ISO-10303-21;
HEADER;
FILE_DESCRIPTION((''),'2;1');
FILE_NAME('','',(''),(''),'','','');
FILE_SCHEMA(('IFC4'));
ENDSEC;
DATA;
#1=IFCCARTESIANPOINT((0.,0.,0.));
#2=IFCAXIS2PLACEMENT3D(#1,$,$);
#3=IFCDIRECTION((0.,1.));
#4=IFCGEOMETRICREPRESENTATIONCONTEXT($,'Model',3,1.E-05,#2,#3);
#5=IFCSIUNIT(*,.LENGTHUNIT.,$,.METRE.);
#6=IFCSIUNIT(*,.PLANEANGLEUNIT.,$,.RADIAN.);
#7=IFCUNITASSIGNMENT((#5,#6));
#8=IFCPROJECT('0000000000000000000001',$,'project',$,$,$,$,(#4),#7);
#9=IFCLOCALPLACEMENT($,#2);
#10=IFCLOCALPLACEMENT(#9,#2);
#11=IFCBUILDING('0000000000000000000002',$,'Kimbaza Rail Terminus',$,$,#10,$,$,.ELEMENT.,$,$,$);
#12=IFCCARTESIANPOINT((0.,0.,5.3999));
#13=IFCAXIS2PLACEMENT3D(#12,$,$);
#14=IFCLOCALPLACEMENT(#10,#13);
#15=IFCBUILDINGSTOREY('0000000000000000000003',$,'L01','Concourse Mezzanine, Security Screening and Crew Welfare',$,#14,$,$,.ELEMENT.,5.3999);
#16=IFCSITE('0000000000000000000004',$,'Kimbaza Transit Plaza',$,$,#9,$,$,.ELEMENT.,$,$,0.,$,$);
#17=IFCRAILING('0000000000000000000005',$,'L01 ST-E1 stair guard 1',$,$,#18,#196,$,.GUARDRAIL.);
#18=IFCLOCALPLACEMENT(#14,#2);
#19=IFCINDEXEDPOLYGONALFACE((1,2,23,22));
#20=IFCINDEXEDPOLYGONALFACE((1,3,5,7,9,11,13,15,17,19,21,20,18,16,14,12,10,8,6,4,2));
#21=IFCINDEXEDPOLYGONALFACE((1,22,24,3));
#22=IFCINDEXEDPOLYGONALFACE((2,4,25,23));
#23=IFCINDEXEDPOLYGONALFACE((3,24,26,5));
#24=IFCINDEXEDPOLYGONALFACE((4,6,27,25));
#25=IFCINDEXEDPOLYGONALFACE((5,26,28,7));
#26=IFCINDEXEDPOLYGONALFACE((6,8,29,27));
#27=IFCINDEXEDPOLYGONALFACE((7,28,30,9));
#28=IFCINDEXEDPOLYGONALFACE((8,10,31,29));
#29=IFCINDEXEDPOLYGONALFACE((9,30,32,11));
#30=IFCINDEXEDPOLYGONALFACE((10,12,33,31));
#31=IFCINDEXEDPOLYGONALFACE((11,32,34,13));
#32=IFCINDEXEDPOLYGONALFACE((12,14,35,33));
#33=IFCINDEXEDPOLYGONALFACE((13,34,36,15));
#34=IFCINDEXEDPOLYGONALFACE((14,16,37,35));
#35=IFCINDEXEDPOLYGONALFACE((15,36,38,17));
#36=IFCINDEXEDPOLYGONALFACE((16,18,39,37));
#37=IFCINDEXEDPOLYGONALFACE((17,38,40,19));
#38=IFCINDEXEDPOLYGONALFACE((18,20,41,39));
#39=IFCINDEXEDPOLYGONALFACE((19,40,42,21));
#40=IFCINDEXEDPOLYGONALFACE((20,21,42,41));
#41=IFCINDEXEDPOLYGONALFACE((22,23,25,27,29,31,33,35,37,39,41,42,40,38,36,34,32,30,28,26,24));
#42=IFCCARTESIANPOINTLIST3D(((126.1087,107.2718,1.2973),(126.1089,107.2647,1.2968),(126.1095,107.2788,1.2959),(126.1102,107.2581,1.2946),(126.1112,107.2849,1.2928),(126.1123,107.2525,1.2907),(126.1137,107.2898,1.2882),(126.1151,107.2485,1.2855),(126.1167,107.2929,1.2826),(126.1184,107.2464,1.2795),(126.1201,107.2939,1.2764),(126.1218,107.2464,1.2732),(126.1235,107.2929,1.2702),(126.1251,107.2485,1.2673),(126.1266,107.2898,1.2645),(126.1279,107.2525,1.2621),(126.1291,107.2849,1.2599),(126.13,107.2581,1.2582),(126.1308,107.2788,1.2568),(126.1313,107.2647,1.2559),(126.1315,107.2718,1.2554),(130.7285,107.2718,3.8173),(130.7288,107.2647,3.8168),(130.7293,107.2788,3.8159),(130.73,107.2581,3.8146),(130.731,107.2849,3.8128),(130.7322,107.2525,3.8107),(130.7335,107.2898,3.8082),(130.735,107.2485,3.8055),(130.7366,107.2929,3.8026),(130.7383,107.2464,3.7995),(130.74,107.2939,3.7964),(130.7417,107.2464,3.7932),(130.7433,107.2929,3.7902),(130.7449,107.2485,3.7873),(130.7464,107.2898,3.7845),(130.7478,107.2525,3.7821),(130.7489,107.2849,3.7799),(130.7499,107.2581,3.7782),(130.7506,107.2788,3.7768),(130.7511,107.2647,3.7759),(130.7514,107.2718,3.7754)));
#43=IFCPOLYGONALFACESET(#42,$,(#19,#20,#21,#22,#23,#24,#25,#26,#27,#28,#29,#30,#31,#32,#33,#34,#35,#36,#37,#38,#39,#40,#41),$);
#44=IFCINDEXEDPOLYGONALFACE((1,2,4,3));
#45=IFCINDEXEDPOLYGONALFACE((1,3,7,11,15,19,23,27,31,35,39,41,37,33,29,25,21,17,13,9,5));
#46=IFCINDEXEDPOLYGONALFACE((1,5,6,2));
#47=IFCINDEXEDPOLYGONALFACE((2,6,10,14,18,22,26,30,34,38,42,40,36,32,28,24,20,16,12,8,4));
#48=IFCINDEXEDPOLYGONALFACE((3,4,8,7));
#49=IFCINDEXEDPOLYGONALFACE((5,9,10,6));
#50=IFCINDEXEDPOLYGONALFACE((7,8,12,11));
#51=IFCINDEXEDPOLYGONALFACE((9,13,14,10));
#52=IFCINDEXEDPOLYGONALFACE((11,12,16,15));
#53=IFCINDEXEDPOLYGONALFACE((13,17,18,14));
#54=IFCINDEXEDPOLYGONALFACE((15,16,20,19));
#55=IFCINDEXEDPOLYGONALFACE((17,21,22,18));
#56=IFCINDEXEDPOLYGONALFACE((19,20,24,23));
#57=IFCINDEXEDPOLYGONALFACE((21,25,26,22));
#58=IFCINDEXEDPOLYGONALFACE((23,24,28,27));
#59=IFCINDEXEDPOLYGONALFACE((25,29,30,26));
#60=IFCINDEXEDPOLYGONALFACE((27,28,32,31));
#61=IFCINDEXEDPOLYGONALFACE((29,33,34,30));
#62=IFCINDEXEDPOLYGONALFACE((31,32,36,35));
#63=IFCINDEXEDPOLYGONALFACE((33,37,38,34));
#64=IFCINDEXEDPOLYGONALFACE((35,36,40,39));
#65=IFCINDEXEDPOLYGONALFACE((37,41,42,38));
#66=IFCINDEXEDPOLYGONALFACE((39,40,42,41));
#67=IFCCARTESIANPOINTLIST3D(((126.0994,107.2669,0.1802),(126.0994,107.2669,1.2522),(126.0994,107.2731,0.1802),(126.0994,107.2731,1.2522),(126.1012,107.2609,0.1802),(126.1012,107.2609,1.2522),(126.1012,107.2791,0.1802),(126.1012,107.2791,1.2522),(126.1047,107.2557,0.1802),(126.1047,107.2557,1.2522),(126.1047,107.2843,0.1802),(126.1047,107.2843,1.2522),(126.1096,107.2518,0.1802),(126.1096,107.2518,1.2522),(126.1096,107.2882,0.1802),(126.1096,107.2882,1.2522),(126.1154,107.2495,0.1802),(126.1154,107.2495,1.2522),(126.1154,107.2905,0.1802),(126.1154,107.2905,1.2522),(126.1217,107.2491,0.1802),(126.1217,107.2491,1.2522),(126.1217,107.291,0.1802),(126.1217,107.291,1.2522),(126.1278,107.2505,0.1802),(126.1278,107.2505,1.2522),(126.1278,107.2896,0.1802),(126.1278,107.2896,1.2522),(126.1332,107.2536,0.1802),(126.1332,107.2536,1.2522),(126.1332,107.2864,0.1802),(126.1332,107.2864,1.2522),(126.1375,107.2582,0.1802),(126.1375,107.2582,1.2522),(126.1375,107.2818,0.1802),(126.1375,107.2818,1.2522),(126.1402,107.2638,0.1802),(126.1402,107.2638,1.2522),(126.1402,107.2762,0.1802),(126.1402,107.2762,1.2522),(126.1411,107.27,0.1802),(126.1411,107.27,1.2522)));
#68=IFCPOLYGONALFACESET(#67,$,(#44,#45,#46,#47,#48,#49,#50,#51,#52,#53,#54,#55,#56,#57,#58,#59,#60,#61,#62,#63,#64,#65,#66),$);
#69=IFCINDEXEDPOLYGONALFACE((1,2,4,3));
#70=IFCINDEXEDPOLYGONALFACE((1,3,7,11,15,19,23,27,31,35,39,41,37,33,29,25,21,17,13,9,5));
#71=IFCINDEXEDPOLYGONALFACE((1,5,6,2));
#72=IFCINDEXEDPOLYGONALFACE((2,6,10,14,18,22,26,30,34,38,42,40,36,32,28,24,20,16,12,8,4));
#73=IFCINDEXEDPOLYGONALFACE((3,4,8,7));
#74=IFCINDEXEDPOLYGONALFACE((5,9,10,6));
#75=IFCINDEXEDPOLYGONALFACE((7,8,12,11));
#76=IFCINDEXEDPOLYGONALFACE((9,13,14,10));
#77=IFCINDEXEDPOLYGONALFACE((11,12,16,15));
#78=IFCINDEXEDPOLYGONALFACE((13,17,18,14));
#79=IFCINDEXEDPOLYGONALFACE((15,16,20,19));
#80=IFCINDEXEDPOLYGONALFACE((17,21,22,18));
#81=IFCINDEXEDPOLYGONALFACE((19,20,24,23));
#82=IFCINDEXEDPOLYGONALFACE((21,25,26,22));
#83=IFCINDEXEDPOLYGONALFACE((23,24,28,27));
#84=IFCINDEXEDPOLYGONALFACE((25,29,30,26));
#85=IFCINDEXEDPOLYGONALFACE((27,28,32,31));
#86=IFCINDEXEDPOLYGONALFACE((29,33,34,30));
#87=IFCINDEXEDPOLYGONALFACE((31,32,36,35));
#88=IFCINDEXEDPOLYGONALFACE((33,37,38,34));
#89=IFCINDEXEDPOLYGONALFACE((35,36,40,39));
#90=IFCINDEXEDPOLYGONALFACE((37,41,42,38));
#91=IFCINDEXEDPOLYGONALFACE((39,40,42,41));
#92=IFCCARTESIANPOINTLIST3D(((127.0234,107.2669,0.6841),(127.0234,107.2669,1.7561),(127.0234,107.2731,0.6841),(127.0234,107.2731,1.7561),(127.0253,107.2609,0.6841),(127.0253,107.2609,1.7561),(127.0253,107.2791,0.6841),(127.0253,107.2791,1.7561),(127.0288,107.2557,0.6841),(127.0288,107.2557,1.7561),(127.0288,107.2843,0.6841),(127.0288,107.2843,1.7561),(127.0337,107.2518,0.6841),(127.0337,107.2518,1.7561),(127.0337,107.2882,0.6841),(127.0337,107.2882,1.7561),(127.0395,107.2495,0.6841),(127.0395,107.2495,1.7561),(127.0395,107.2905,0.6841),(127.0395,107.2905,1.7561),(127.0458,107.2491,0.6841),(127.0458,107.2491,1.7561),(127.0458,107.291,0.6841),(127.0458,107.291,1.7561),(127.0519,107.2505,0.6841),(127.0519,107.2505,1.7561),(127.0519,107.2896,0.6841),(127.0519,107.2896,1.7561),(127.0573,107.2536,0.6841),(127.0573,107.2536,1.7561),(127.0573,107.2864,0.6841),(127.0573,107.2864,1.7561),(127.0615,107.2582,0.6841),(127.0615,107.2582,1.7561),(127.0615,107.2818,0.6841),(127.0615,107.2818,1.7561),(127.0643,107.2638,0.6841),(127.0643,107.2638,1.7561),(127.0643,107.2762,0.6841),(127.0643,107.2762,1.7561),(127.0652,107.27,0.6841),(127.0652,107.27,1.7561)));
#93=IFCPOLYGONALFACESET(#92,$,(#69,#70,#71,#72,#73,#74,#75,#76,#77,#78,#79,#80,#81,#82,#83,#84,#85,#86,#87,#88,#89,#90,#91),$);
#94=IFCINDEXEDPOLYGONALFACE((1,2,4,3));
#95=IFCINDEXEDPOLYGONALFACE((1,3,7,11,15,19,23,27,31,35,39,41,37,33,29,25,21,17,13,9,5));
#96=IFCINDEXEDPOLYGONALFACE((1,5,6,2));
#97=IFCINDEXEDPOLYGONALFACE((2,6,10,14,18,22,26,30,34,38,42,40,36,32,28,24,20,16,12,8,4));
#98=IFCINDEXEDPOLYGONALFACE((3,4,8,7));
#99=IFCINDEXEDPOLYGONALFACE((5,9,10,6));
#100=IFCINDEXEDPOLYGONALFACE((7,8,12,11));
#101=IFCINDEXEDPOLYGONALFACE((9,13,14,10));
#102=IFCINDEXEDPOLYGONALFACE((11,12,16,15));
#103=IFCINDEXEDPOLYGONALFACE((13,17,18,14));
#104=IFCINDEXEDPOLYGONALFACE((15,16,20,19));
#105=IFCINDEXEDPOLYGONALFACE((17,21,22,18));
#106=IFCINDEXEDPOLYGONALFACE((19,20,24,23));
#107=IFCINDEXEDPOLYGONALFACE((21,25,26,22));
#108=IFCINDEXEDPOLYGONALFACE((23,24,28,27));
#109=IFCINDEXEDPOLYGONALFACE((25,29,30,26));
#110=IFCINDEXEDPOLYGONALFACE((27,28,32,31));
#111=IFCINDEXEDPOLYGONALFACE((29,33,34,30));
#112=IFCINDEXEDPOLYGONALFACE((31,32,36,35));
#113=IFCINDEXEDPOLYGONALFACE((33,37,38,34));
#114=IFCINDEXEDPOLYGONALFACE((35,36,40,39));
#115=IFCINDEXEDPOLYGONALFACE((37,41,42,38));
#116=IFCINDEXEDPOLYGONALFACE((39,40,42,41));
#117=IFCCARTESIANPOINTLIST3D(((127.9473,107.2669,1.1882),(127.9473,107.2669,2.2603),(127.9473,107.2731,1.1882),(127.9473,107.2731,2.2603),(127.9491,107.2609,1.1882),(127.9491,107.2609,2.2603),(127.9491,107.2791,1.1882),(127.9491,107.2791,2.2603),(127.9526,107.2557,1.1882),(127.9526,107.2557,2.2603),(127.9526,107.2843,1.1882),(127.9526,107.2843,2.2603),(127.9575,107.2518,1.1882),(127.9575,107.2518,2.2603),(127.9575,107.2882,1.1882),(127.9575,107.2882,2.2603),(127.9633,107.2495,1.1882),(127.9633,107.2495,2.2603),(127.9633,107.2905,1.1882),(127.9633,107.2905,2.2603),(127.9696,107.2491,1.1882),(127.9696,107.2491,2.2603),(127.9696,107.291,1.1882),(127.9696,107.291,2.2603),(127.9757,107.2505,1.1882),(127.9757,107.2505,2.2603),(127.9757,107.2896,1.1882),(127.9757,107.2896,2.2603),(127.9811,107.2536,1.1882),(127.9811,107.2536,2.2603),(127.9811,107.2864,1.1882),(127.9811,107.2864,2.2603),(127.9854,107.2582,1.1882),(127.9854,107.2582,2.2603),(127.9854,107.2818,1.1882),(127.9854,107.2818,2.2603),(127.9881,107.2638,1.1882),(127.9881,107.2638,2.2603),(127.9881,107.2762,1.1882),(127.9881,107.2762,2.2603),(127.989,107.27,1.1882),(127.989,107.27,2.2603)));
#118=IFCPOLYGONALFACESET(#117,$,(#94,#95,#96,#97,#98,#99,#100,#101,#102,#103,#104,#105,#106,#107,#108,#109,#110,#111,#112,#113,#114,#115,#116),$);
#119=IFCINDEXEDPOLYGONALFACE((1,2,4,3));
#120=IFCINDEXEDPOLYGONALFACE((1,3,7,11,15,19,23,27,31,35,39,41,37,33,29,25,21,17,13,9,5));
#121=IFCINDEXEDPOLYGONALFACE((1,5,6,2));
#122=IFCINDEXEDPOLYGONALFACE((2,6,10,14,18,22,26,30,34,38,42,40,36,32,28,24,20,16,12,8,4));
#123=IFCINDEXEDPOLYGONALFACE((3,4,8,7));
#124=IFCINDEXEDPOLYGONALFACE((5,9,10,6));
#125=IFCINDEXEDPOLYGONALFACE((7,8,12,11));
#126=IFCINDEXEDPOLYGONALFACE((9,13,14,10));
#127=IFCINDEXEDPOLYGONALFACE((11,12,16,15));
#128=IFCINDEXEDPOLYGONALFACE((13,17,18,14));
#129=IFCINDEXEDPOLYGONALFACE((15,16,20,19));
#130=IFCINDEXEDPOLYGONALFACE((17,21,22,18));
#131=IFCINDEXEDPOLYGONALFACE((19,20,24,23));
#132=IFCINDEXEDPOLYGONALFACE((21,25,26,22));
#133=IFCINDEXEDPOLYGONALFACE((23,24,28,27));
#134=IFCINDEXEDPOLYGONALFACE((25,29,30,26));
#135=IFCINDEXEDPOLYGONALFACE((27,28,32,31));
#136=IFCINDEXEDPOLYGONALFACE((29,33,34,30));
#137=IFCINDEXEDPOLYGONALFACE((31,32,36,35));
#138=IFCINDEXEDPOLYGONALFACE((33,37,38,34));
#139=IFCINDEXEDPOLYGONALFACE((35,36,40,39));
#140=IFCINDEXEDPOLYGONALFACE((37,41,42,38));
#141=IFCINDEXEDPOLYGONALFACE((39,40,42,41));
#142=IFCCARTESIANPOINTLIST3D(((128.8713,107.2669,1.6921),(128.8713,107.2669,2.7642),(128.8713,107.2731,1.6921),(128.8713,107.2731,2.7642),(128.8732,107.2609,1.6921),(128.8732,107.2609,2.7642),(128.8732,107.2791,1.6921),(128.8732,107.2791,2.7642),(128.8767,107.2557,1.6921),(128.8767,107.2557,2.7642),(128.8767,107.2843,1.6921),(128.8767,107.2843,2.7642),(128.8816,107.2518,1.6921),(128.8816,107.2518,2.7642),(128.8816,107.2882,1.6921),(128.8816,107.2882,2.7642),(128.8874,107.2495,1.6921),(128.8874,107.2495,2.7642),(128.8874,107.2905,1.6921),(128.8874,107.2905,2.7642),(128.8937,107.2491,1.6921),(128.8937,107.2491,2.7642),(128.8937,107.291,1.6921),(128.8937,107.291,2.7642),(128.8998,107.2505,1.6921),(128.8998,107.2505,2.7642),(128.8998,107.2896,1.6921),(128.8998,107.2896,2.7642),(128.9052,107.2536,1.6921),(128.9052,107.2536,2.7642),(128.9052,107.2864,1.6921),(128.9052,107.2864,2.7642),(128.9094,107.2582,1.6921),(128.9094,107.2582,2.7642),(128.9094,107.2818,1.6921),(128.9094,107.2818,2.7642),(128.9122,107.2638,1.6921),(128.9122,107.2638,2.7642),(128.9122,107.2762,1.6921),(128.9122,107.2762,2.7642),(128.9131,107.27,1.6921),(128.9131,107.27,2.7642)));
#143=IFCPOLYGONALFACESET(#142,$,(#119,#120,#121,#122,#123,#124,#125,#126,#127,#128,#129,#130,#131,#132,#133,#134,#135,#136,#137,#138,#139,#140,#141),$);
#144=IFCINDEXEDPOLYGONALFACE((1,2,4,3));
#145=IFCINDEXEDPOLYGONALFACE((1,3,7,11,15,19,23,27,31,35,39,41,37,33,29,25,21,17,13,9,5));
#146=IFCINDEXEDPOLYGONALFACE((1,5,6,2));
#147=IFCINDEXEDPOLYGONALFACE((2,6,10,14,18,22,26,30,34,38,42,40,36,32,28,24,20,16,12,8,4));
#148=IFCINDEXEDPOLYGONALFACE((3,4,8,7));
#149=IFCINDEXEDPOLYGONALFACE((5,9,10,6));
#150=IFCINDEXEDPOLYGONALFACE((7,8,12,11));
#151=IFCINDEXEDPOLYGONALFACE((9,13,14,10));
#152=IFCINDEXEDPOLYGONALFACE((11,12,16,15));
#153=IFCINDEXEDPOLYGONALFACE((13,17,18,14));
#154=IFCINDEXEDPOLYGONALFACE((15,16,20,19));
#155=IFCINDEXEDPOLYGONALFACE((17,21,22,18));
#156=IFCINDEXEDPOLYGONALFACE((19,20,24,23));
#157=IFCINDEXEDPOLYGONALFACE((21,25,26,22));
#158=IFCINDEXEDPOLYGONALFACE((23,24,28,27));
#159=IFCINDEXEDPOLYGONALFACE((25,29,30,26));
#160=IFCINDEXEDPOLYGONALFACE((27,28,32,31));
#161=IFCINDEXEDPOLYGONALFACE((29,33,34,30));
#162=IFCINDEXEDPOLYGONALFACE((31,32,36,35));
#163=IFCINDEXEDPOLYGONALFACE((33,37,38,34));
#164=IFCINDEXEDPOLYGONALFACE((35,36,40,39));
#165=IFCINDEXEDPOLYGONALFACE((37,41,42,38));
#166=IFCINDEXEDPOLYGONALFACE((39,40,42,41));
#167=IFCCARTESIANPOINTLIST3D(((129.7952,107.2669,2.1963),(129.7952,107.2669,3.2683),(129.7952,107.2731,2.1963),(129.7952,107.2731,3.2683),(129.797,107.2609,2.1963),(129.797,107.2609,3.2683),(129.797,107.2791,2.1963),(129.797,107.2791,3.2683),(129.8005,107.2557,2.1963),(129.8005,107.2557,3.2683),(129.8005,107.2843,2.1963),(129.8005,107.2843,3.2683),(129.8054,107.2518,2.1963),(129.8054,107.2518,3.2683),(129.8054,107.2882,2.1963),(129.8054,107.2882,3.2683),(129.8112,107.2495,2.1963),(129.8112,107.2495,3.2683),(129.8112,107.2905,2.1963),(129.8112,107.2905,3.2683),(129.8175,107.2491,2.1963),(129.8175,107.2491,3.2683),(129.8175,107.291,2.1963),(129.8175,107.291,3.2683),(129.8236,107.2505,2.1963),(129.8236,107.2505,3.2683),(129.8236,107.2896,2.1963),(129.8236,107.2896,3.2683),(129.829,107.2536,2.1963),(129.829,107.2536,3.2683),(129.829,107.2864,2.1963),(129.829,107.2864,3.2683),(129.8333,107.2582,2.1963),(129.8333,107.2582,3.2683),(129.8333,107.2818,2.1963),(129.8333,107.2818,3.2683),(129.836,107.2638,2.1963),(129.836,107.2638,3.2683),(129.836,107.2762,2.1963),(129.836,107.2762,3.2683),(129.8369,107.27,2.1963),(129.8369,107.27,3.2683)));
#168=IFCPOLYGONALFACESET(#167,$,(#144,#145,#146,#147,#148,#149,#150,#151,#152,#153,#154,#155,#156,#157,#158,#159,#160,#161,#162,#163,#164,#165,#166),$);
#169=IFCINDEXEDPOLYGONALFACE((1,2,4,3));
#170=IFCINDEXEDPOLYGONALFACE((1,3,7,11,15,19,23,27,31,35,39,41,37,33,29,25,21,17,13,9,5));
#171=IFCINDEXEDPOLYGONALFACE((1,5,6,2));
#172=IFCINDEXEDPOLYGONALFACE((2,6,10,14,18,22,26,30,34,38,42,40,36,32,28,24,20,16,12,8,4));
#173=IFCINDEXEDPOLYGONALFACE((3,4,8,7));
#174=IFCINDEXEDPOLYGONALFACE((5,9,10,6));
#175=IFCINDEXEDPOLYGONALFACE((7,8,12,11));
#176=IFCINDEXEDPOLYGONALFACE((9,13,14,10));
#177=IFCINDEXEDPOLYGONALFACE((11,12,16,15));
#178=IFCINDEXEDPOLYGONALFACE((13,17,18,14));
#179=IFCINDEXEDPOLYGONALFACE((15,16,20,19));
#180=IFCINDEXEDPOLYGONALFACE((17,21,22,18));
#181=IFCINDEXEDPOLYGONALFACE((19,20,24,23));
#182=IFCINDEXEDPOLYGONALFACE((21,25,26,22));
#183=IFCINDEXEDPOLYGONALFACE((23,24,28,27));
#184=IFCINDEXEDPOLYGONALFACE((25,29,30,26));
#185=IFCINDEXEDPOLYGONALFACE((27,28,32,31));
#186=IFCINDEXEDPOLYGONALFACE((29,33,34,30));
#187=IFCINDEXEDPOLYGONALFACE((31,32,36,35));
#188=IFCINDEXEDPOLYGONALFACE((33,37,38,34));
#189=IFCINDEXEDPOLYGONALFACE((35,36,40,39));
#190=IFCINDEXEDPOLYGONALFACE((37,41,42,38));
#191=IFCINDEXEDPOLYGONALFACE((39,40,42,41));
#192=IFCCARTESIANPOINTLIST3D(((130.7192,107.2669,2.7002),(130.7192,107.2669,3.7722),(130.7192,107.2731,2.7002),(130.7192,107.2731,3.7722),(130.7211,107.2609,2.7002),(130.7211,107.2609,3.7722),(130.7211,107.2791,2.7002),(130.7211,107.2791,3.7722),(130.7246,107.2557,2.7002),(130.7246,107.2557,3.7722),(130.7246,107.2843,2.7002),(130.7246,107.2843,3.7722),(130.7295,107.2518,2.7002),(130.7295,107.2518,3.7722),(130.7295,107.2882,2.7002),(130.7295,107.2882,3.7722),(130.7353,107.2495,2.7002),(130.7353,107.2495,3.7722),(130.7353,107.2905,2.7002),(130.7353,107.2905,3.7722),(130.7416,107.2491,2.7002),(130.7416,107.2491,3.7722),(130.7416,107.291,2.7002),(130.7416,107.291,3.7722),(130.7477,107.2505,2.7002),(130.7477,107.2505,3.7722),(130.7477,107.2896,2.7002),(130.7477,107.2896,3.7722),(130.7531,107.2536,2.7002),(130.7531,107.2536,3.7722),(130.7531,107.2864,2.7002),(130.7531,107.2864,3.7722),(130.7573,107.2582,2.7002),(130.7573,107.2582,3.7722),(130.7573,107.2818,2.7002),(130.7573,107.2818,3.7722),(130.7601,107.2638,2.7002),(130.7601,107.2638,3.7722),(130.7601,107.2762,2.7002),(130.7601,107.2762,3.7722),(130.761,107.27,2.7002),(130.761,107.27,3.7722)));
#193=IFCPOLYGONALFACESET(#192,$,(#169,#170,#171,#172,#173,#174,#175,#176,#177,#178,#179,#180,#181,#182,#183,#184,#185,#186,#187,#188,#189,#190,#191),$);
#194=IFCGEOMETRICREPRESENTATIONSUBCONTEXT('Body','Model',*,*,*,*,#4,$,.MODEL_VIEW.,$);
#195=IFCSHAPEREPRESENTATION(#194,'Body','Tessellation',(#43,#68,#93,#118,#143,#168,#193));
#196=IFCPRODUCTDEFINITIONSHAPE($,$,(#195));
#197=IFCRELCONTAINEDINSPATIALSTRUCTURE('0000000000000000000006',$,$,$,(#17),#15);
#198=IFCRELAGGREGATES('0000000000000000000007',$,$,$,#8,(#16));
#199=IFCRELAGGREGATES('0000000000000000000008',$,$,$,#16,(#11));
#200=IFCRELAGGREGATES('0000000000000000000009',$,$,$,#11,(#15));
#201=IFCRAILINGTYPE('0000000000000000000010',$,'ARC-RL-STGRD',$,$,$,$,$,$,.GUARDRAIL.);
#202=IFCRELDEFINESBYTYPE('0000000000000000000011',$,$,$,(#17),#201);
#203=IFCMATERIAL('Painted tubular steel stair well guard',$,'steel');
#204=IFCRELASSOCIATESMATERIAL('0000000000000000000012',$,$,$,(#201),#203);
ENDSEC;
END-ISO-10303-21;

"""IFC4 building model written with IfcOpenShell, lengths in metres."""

from ifc_helpers import new_model, si_unit, direction, frame, origin, origin_2d, place, context, subcontext, project, spatial, circle, extrude, material, type_object, element, save


model = new_model("IFC4")

# Units and contexts
model_context = context("Model", 3, precision=1e-05, world=origin(), true_north=direction((0.0, 1.0)))
body_context = subcontext(model_context, "Body", "Model", "MODEL_VIEW")
ifc_project = project(units=[si_unit("LENGTHUNIT", "METRE"), si_unit("PLANEANGLEUNIT", "RADIAN")], contexts=[model_context])

# Site, building, storey
site_placement = place(None, origin())
site = spatial("IfcSite", under=ifc_project, at=site_placement, Name="Kimbaza Transit Plaza", CompositionType="ELEMENT", RefElevation=0.0)
building_placement = place(site_placement, origin())
building = spatial("IfcBuilding", under=site, at=building_placement, Name="Kimbaza Rail Terminus", CompositionType="ELEMENT")
storey_placement = place(building_placement, frame((0.0, 0.0, 5.3999)))
storey = spatial("IfcBuildingStorey", under=building, at=storey_placement, Name="L01", Description="Concourse Mezzanine, Security Screening and Crew Welfare", CompositionType="ELEMENT", Elevation=5.3999)

# Railing
ifc_material_1 = material(Name="Painted tubular steel stair well guard", Category="steel")
railing_type_1 = type_object("IfcRailingType", Name="ARC-RL-STGRD", PredefinedType="GUARDRAIL", material=ifc_material_1)
railing_1_placement = place(storey_placement, frame((126.1201, 107.27, 0.1802)))
element("IfcRailing", 1, at=railing_1_placement, inside=storey, type_object=railing_type_1, Name="L01 ST-E1 stair guard 1", PredefinedType="GUARDRAIL", context=body_context, shape_type="SweptSolid", body=[
    extrude(circle(Radius=0.0239, at=origin_2d()), frame((0.0, 0.0, 1.0962), z_axis=(0.877888, 0.0, 0.478865), x_axis=(0.0, 1.0, 0.0)), (0.0, 0.0, 1.0), 5.2625),
    extrude(circle(Radius=0.021, at=origin_2d()), origin(), (0.0, 0.0, 1.0), 1.072),
    extrude(circle(Radius=0.021, at=origin_2d()), frame((0.9241, 0.0, 0.5039)), (0.0, 0.0, 1.0), 1.072),
    extrude(circle(Radius=0.021, at=origin_2d()), frame((1.8479, 0.0, 1.0081)), (0.0, 0.0, 1.0), 1.072),
    extrude(circle(Radius=0.021, at=origin_2d()), frame((2.772, 0.0, 1.512)), (0.0, 0.0, 1.0), 1.072),
    extrude(circle(Radius=0.021, at=origin_2d()), frame((3.6958, 0.0, 2.0161)), (0.0, 0.0, 1.0), 1.072),
    extrude(circle(Radius=0.021, at=origin_2d()), frame((4.6199, 0.0, 2.52)), (0.0, 0.0, 1.0), 1.072),
])

save(model, "model.ifc")
